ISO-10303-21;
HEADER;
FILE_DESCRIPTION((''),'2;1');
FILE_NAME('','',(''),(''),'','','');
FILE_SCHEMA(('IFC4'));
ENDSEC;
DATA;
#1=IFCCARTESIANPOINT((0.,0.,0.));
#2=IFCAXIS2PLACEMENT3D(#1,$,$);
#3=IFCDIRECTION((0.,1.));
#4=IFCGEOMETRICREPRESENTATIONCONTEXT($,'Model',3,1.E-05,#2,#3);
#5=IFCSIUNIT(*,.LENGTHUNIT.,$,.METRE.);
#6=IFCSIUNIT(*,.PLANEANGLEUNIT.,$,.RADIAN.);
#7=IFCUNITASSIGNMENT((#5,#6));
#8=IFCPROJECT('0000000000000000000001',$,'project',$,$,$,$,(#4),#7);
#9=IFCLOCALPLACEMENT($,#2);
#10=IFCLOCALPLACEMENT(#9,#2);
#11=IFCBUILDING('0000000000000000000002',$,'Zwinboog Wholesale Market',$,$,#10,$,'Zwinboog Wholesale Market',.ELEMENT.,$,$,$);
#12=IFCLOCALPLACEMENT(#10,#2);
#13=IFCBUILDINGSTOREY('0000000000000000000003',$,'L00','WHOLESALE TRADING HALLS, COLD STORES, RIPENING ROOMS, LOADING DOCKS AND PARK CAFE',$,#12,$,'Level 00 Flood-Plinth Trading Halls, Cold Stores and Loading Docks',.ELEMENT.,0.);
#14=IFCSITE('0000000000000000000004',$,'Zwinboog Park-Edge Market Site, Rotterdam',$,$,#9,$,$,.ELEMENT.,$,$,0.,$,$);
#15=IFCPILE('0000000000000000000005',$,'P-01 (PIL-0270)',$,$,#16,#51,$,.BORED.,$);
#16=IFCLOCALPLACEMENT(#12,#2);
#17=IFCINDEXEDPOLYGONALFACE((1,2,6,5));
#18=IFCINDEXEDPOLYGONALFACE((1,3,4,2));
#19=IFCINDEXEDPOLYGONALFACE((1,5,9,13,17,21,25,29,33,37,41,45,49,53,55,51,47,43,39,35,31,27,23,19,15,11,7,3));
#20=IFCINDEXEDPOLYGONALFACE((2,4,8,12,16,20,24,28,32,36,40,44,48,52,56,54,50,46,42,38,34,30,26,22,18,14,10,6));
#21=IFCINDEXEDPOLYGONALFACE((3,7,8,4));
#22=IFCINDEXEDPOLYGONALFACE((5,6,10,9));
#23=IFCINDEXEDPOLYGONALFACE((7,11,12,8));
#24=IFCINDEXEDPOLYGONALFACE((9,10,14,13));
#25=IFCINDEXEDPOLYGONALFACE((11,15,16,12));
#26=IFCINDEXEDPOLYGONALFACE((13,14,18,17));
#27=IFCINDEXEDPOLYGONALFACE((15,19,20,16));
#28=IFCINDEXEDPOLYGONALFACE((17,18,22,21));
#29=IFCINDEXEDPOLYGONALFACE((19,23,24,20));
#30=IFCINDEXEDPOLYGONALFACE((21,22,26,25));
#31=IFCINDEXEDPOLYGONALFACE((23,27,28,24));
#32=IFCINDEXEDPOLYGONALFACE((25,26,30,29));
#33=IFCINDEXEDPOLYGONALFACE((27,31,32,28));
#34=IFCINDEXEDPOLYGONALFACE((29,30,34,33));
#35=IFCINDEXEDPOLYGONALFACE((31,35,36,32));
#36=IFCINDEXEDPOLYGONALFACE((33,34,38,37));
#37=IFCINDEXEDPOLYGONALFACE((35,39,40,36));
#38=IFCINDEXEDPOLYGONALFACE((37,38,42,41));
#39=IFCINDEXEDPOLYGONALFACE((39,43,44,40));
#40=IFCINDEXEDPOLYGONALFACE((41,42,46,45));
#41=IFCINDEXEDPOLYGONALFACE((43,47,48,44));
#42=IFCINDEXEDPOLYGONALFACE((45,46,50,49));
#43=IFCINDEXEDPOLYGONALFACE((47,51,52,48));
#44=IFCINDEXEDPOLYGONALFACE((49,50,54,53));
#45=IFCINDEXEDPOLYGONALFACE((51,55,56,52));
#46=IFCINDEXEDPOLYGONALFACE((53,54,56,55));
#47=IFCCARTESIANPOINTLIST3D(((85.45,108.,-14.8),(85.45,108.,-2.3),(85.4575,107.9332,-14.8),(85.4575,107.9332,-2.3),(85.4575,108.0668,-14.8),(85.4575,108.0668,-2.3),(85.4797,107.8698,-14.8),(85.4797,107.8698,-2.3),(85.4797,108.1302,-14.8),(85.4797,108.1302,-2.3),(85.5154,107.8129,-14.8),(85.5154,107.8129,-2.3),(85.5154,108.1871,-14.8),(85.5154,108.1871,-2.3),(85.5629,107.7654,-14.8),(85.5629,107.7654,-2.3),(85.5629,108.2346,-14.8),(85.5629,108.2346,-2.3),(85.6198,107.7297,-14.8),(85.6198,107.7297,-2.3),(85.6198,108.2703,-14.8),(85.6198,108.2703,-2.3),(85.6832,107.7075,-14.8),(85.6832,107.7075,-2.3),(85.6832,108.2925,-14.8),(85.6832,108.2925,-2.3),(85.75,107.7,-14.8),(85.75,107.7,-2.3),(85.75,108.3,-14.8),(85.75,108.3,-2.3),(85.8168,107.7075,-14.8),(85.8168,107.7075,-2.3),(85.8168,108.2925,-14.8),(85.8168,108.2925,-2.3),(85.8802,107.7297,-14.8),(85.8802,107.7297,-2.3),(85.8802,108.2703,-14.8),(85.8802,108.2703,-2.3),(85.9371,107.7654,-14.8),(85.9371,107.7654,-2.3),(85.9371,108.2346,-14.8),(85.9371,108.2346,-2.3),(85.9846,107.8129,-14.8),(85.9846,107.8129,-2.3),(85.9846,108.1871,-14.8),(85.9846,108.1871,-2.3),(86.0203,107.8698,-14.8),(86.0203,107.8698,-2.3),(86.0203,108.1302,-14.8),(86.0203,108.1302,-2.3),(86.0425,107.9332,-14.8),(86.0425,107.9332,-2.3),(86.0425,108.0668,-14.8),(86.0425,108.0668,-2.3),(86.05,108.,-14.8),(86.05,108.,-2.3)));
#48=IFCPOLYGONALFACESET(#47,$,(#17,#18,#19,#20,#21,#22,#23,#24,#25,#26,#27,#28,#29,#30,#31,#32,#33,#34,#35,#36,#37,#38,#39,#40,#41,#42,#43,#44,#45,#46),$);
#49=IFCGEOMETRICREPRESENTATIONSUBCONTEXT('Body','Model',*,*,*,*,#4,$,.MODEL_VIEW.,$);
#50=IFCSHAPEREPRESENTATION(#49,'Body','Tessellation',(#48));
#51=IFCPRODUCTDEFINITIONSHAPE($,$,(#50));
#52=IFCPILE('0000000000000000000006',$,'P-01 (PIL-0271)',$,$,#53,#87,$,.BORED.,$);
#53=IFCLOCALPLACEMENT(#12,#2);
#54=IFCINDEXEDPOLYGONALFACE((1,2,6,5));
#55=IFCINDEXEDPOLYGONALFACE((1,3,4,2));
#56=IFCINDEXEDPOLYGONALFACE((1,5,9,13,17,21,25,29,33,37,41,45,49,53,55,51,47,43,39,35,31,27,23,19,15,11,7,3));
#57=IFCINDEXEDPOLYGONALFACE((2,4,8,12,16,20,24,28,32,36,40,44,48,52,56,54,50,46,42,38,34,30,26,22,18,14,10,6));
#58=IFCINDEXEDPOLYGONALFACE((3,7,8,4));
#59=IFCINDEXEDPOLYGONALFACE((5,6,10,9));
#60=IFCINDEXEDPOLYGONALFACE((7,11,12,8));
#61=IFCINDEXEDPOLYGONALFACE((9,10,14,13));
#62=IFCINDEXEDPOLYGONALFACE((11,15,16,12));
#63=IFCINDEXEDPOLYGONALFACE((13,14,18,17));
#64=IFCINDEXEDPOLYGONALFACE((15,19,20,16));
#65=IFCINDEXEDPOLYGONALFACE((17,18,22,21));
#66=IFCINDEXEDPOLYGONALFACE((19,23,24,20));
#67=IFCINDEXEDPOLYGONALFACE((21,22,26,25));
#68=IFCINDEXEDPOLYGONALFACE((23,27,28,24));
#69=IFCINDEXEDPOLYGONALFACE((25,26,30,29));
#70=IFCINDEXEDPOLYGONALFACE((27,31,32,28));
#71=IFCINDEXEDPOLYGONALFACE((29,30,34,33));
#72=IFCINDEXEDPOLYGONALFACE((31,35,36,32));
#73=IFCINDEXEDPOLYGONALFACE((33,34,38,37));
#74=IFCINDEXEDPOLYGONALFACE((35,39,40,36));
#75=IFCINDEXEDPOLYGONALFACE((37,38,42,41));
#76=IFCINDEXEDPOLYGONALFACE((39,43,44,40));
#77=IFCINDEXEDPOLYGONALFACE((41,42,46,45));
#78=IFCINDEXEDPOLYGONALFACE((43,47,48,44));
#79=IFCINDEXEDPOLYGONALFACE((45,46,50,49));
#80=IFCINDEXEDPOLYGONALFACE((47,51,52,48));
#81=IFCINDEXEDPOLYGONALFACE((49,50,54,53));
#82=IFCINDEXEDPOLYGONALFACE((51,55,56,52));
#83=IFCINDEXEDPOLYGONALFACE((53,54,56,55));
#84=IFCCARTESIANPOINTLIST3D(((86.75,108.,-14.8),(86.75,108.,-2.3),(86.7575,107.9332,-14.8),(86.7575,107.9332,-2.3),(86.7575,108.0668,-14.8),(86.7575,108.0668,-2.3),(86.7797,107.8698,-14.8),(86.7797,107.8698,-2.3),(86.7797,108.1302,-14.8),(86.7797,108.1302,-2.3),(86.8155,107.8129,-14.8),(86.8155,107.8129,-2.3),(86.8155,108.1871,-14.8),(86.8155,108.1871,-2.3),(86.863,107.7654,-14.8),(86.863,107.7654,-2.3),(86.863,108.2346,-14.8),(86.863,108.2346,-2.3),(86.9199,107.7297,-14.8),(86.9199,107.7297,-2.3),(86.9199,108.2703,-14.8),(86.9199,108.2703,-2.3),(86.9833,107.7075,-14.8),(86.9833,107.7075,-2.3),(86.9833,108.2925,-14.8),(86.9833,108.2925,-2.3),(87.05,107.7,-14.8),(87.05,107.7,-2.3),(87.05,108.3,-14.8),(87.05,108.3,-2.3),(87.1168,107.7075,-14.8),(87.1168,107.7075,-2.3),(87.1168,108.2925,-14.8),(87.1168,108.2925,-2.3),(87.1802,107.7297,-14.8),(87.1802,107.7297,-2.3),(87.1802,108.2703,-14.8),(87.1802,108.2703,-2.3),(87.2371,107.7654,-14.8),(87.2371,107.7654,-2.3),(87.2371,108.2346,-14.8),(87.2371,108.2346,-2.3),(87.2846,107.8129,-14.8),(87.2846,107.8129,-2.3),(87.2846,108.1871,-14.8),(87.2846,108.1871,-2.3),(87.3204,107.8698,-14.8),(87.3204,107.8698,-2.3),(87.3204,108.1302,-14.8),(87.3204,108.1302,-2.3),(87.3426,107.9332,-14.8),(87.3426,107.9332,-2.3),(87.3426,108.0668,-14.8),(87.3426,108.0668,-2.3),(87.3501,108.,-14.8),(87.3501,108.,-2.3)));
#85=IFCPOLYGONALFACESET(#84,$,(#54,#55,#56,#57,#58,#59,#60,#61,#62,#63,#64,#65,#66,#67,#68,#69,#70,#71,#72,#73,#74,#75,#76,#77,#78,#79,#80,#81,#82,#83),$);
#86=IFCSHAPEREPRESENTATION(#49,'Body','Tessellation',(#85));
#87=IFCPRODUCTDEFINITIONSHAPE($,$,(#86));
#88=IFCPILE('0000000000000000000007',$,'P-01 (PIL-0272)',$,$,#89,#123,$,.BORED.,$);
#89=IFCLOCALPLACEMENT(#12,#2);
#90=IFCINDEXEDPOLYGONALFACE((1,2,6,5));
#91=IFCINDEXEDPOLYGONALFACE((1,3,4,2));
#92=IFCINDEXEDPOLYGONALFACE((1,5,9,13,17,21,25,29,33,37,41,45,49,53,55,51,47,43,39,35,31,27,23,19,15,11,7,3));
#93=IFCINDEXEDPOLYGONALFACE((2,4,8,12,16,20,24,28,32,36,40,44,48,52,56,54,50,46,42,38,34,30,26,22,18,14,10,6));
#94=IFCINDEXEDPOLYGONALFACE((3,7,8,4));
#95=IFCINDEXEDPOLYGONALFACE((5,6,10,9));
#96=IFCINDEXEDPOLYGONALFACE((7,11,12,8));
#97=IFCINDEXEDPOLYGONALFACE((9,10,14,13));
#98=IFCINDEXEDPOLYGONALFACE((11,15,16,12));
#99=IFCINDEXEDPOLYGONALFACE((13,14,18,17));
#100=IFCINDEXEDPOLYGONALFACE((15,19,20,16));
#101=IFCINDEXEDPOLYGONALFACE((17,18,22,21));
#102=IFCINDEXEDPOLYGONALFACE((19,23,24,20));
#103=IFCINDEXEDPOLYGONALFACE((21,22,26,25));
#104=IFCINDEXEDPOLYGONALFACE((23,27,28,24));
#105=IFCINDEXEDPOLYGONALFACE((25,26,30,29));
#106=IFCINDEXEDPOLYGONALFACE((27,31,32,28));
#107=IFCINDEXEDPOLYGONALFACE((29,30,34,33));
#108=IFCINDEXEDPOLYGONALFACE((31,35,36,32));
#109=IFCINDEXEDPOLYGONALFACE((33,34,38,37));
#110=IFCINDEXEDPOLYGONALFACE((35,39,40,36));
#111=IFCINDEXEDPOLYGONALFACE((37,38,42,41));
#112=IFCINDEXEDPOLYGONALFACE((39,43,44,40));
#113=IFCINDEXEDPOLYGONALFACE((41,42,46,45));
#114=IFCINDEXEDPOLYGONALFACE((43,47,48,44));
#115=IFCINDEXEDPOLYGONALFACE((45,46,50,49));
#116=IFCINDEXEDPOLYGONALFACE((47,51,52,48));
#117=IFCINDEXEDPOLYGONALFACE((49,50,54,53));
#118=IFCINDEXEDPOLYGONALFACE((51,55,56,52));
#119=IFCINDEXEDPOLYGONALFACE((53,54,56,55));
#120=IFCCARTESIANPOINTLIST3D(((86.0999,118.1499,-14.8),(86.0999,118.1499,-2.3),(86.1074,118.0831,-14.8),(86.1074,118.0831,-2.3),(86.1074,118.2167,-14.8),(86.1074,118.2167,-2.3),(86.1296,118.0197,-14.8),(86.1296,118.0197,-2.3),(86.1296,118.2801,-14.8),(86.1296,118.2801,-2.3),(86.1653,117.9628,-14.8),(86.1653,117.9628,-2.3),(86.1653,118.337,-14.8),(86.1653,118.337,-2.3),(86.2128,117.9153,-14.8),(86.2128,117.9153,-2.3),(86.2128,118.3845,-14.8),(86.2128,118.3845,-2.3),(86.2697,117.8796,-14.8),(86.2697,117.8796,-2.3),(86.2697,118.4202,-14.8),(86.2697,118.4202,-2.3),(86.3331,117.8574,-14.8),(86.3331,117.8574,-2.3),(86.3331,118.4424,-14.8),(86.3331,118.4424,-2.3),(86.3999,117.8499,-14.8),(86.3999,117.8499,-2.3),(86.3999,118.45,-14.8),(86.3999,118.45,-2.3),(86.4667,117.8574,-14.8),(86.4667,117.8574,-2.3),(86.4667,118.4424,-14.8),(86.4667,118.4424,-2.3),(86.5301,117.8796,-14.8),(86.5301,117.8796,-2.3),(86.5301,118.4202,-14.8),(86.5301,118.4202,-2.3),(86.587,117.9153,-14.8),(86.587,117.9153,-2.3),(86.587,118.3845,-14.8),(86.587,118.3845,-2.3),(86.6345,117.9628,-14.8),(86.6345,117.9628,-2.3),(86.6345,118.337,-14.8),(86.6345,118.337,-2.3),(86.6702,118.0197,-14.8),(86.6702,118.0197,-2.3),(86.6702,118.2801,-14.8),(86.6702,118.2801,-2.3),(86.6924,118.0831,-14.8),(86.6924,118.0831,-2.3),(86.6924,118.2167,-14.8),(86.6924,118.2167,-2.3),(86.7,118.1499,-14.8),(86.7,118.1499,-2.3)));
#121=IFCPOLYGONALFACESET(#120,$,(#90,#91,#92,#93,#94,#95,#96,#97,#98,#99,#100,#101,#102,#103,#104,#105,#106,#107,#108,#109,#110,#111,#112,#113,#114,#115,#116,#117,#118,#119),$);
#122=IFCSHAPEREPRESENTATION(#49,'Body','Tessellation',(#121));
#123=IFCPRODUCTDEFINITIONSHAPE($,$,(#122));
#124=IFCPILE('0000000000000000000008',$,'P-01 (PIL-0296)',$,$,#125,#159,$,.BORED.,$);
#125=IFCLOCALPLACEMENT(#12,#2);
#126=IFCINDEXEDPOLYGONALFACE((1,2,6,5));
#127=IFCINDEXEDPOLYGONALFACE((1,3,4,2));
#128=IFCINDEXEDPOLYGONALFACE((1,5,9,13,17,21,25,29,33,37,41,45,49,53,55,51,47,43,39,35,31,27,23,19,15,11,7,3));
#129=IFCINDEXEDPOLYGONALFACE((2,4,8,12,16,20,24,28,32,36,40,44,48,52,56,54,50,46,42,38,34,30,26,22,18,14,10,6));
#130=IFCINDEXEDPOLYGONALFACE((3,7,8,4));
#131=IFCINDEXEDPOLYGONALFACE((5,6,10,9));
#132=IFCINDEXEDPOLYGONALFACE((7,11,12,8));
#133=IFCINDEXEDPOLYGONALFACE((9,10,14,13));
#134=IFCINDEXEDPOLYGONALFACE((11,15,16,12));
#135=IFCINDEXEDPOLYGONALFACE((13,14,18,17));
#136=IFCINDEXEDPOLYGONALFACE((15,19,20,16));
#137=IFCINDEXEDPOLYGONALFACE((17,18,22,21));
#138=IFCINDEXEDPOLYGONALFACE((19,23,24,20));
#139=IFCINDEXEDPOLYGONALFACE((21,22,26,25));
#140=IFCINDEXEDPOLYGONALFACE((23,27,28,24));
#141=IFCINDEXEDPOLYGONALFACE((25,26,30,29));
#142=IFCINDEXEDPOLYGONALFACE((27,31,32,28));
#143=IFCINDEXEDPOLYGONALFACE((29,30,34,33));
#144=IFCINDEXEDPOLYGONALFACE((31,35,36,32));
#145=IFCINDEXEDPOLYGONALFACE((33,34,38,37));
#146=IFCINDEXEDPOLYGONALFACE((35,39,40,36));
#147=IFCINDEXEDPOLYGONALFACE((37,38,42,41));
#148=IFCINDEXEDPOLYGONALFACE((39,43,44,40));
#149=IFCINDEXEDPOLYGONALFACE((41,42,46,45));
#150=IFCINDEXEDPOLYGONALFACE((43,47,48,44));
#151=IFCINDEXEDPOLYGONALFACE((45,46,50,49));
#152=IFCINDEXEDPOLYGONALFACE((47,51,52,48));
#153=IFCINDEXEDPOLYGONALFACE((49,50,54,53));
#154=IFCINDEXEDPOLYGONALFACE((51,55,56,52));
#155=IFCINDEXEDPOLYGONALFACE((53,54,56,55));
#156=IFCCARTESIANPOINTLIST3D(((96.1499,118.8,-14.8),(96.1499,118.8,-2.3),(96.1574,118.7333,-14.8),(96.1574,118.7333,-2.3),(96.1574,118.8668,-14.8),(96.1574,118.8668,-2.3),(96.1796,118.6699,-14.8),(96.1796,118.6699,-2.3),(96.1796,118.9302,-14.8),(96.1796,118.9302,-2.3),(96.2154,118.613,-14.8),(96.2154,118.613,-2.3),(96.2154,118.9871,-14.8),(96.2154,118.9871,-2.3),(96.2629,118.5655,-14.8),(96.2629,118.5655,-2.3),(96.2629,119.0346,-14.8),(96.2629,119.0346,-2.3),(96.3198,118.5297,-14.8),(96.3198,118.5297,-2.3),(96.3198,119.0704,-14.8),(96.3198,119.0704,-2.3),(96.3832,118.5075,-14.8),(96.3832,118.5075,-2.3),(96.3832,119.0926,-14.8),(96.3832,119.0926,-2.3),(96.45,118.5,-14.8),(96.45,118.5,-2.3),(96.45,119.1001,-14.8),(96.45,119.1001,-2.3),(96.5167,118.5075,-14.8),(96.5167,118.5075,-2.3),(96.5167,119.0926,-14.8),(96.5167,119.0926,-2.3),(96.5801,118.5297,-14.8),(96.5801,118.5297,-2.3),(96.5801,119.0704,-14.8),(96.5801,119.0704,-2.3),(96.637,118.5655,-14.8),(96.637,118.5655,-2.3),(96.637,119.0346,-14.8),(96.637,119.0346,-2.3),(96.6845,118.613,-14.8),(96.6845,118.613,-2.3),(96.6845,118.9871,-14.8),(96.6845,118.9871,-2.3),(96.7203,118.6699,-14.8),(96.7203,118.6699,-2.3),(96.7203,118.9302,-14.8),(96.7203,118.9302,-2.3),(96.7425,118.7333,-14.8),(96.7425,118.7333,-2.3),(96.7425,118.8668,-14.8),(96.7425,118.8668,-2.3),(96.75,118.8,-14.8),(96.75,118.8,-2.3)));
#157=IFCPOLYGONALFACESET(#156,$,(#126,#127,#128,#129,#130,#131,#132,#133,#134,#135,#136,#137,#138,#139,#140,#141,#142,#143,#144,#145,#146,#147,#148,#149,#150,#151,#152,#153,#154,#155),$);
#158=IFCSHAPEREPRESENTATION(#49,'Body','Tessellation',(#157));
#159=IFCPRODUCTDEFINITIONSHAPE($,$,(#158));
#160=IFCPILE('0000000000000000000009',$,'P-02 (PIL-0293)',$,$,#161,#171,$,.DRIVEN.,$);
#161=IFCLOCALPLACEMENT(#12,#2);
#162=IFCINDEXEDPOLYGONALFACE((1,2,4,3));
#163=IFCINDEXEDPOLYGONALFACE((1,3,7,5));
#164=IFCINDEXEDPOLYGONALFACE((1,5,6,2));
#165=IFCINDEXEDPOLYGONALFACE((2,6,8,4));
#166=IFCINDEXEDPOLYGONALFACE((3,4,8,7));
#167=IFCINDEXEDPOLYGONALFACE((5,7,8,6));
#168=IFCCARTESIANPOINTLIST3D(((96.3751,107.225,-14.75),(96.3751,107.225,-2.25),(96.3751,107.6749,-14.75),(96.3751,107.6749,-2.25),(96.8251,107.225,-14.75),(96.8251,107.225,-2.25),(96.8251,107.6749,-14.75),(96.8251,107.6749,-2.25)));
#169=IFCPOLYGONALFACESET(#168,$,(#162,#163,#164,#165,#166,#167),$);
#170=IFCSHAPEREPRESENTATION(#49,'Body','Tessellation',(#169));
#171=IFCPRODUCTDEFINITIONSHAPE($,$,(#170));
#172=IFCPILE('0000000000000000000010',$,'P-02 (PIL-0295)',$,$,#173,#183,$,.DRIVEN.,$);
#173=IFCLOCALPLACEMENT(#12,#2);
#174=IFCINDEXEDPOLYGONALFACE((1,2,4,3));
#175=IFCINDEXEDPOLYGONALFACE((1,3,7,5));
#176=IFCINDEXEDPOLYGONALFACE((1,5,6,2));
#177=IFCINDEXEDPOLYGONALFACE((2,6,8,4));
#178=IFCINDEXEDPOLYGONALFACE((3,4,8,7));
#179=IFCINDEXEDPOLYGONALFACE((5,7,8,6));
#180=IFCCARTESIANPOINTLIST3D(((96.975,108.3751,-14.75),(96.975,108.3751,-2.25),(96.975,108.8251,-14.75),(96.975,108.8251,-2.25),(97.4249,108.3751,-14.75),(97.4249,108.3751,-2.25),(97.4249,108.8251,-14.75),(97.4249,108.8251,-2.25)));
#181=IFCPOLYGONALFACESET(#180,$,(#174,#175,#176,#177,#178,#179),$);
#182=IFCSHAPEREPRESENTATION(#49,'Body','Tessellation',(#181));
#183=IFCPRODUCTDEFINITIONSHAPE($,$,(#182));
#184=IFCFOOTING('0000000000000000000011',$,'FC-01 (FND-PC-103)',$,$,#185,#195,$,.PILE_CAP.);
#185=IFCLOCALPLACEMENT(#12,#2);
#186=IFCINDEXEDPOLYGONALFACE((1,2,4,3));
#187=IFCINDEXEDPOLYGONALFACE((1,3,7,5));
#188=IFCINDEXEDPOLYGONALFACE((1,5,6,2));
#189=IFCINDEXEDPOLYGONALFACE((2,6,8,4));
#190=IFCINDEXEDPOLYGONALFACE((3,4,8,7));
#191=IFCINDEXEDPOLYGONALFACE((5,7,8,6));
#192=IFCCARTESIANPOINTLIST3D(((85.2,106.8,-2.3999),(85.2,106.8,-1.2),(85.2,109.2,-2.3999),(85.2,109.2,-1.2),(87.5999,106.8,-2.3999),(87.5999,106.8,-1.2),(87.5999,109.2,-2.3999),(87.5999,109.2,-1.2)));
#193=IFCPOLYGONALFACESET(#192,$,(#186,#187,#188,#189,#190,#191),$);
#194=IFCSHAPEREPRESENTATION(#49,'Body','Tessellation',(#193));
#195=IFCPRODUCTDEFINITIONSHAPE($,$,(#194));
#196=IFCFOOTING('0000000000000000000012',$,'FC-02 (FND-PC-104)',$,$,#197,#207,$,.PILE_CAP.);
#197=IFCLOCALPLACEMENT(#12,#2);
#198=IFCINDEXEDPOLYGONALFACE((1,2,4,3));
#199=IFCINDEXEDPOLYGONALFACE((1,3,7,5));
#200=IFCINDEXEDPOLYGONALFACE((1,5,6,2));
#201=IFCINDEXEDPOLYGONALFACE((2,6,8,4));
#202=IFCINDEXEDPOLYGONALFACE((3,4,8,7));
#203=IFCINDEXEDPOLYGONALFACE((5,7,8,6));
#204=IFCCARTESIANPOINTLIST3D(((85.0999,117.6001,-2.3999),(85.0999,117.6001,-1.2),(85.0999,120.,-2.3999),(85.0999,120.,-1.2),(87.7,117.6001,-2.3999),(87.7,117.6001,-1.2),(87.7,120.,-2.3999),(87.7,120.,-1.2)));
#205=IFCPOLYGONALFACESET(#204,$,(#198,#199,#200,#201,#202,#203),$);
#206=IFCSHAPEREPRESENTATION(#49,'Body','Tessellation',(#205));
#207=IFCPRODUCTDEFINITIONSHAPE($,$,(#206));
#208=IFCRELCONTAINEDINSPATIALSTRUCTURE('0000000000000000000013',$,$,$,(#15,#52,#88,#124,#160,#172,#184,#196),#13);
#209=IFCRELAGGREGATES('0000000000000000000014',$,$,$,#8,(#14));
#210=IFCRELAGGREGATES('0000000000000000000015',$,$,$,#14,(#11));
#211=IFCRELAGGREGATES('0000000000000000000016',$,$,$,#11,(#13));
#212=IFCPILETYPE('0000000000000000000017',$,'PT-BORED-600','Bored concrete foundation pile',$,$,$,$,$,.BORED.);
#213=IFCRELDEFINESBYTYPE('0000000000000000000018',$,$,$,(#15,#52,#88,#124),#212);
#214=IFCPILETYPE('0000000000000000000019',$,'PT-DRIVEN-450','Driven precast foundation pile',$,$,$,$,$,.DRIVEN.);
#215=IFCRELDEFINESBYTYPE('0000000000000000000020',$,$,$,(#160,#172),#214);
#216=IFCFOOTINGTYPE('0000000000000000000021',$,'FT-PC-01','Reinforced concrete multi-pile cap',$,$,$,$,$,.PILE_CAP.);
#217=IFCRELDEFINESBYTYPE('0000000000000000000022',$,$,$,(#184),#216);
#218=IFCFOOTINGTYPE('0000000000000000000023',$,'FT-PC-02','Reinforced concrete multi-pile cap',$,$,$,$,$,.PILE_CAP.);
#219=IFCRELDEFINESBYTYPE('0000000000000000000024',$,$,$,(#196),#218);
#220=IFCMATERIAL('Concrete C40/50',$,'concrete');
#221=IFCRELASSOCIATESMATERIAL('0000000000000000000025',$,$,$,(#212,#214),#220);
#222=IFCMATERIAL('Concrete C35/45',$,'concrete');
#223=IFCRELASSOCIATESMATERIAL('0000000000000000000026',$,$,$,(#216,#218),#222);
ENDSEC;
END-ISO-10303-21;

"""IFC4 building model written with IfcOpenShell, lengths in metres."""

from ifc_helpers import new_model, si_unit, direction, frame, origin, origin_2d, place, context, subcontext, project, spatial, rectangle, circle, extrude, material, material_profile, profile_set, type_object, element, save


model = new_model("IFC4")

# Units and contexts
model_context = context("Model", 3, precision=1e-05, world=origin(), true_north=direction((0.0, 1.0)))
body_context = subcontext(model_context, "Body", "Model", "MODEL_VIEW")
ifc_project = project(units=[si_unit("LENGTHUNIT", "METRE"), si_unit("PLANEANGLEUNIT", "RADIAN")], contexts=[model_context])

# Site, building, storey
site_placement = place(None, origin())
site = spatial("IfcSite", under=ifc_project, at=site_placement, Name="Zwinboog Park-Edge Market Site, Rotterdam", CompositionType="ELEMENT", RefElevation=0.0)
building_placement = place(site_placement, origin())
building = spatial("IfcBuilding", under=site, at=building_placement, Name="Zwinboog Wholesale Market", LongName="Zwinboog Wholesale Market", CompositionType="ELEMENT")
storey_placement = place(building_placement, origin())
storey = spatial("IfcBuildingStorey", under=building, at=storey_placement, Name="L00", Description="WHOLESALE TRADING HALLS, COLD STORES, RIPENING ROOMS, LOADING DOCKS AND PARK CAFE", LongName="Level 00 Flood-Plinth Trading Halls, Cold Stores and Loading Docks", CompositionType="ELEMENT", Elevation=0.0)

# Piles
ifc_material_1 = material(Name="Concrete C40/50", Category="concrete")
ifc_material_profile_1 = material_profile(ifc_material_1, circle(Radius=0.3, at=origin_2d()), Name="PILE D600")
ifc_profile_set_1 = profile_set([ifc_material_profile_1], Name="Concrete C40/50")
pile_type_1 = type_object("IfcPileType", Name="PT-BORED-600", Description="Bored concrete foundation pile", PredefinedType="BORED", material=ifc_profile_set_1)
for number, where, z_axis, x_axis, name in (
    (1, (85.75, 108.0, -2.3), (0.0, 0.0, -1.0), (1.0, 0.0, 0.0), "P-01 (PIL-0270)"),
    (2, (87.05, 108.0, -2.3), (0.0, 0.0, -1.0), (1.0, 0.0, 0.0), "P-01 (PIL-0271)"),
    (3, (86.3999, 118.1499, -2.3), (0.0, 0.0, -1.0), (1.0, 0.0, 0.0), "P-01 (PIL-0272)"),
    (4, (96.45, 118.8, -2.3), (0.0, 0.0, -1.0), (1.0, 0.0, 0.0), "P-01 (PIL-0296)"),
):
    element("IfcPile", number, at=place(storey_placement, frame(where, z_axis=z_axis, x_axis=x_axis)), inside=storey, type_object=pile_type_1, Name=name, PredefinedType="BORED", context=body_context, shape_type="SweptSolid", body=[
        extrude(circle(Radius=0.3, at=origin_2d()), origin(), (0.0, 0.0, 1.0), 12.5),
    ])
ifc_material_profile_2 = material_profile(ifc_material_1, rectangle(XDim=0.45, YDim=0.45, at=origin_2d()), Name="PILE SQ450")
ifc_profile_set_2 = profile_set([ifc_material_profile_2], Name="Concrete C40/50")
pile_type_2 = type_object("IfcPileType", Name="PT-DRIVEN-450", Description="Driven precast foundation pile", PredefinedType="DRIVEN", material=ifc_profile_set_2)
for number, where, z_axis, x_axis, name in (
    (5, (96.6001, 107.45, -2.25), (0.0, 0.0, -1.0), (1.0, 0.0, 0.0), "P-02 (PIL-0293)"),
    (6, (97.2, 108.6001, -2.25), (0.0, 0.0, -1.0), (1.0, 0.0, 0.0), "P-02 (PIL-0295)"),
):
    element("IfcPile", number, at=place(storey_placement, frame(where, z_axis=z_axis, x_axis=x_axis)), inside=storey, type_object=pile_type_2, Name=name, PredefinedType="DRIVEN", context=body_context, shape_type="SweptSolid", body=[
        extrude(rectangle(XDim=0.45, YDim=0.45, at=origin_2d()), origin(), (0.0, 0.0, 1.0), 12.5),
    ])

# Footings
ifc_material_2 = material(Name="Concrete C35/45", Category="concrete")
footing_type_1 = type_object("IfcFootingType", Name="FT-PC-01", Description="Reinforced concrete multi-pile cap", PredefinedType="PILE_CAP", material=ifc_material_2)
footing_1_placement = place(storey_placement, frame((86.3999, 108.0, -2.3999), z_axis=(0.0, 0.0, 1.0), x_axis=(1.0, 0.0, 0.0)))
element("IfcFooting", 7, at=footing_1_placement, inside=storey, type_object=footing_type_1, Name="FC-01 (FND-PC-103)", PredefinedType="PILE_CAP", context=body_context, shape_type="SweptSolid", body=[
    extrude(rectangle(XDim=2.3999, YDim=2.3999, at=origin_2d()), origin(), (0.0, 0.0, 1.0), 1.2),
])
footing_type_2 = type_object("IfcFootingType", Name="FT-PC-02", Description="Reinforced concrete multi-pile cap", PredefinedType="PILE_CAP", material=ifc_material_2)
footing_2_placement = place(storey_placement, frame((86.3999, 118.8, -2.3999), z_axis=(0.0, 0.0, 1.0), x_axis=(1.0, 0.0, 0.0)))
element("IfcFooting", 8, at=footing_2_placement, inside=storey, type_object=footing_type_2, Name="FC-02 (FND-PC-104)", PredefinedType="PILE_CAP", context=body_context, shape_type="SweptSolid", body=[
    extrude(rectangle(XDim=2.6001, YDim=2.3999, at=origin_2d()), origin(), (0.0, 0.0, 1.0), 1.2),
])

save(model, "model.ifc")
